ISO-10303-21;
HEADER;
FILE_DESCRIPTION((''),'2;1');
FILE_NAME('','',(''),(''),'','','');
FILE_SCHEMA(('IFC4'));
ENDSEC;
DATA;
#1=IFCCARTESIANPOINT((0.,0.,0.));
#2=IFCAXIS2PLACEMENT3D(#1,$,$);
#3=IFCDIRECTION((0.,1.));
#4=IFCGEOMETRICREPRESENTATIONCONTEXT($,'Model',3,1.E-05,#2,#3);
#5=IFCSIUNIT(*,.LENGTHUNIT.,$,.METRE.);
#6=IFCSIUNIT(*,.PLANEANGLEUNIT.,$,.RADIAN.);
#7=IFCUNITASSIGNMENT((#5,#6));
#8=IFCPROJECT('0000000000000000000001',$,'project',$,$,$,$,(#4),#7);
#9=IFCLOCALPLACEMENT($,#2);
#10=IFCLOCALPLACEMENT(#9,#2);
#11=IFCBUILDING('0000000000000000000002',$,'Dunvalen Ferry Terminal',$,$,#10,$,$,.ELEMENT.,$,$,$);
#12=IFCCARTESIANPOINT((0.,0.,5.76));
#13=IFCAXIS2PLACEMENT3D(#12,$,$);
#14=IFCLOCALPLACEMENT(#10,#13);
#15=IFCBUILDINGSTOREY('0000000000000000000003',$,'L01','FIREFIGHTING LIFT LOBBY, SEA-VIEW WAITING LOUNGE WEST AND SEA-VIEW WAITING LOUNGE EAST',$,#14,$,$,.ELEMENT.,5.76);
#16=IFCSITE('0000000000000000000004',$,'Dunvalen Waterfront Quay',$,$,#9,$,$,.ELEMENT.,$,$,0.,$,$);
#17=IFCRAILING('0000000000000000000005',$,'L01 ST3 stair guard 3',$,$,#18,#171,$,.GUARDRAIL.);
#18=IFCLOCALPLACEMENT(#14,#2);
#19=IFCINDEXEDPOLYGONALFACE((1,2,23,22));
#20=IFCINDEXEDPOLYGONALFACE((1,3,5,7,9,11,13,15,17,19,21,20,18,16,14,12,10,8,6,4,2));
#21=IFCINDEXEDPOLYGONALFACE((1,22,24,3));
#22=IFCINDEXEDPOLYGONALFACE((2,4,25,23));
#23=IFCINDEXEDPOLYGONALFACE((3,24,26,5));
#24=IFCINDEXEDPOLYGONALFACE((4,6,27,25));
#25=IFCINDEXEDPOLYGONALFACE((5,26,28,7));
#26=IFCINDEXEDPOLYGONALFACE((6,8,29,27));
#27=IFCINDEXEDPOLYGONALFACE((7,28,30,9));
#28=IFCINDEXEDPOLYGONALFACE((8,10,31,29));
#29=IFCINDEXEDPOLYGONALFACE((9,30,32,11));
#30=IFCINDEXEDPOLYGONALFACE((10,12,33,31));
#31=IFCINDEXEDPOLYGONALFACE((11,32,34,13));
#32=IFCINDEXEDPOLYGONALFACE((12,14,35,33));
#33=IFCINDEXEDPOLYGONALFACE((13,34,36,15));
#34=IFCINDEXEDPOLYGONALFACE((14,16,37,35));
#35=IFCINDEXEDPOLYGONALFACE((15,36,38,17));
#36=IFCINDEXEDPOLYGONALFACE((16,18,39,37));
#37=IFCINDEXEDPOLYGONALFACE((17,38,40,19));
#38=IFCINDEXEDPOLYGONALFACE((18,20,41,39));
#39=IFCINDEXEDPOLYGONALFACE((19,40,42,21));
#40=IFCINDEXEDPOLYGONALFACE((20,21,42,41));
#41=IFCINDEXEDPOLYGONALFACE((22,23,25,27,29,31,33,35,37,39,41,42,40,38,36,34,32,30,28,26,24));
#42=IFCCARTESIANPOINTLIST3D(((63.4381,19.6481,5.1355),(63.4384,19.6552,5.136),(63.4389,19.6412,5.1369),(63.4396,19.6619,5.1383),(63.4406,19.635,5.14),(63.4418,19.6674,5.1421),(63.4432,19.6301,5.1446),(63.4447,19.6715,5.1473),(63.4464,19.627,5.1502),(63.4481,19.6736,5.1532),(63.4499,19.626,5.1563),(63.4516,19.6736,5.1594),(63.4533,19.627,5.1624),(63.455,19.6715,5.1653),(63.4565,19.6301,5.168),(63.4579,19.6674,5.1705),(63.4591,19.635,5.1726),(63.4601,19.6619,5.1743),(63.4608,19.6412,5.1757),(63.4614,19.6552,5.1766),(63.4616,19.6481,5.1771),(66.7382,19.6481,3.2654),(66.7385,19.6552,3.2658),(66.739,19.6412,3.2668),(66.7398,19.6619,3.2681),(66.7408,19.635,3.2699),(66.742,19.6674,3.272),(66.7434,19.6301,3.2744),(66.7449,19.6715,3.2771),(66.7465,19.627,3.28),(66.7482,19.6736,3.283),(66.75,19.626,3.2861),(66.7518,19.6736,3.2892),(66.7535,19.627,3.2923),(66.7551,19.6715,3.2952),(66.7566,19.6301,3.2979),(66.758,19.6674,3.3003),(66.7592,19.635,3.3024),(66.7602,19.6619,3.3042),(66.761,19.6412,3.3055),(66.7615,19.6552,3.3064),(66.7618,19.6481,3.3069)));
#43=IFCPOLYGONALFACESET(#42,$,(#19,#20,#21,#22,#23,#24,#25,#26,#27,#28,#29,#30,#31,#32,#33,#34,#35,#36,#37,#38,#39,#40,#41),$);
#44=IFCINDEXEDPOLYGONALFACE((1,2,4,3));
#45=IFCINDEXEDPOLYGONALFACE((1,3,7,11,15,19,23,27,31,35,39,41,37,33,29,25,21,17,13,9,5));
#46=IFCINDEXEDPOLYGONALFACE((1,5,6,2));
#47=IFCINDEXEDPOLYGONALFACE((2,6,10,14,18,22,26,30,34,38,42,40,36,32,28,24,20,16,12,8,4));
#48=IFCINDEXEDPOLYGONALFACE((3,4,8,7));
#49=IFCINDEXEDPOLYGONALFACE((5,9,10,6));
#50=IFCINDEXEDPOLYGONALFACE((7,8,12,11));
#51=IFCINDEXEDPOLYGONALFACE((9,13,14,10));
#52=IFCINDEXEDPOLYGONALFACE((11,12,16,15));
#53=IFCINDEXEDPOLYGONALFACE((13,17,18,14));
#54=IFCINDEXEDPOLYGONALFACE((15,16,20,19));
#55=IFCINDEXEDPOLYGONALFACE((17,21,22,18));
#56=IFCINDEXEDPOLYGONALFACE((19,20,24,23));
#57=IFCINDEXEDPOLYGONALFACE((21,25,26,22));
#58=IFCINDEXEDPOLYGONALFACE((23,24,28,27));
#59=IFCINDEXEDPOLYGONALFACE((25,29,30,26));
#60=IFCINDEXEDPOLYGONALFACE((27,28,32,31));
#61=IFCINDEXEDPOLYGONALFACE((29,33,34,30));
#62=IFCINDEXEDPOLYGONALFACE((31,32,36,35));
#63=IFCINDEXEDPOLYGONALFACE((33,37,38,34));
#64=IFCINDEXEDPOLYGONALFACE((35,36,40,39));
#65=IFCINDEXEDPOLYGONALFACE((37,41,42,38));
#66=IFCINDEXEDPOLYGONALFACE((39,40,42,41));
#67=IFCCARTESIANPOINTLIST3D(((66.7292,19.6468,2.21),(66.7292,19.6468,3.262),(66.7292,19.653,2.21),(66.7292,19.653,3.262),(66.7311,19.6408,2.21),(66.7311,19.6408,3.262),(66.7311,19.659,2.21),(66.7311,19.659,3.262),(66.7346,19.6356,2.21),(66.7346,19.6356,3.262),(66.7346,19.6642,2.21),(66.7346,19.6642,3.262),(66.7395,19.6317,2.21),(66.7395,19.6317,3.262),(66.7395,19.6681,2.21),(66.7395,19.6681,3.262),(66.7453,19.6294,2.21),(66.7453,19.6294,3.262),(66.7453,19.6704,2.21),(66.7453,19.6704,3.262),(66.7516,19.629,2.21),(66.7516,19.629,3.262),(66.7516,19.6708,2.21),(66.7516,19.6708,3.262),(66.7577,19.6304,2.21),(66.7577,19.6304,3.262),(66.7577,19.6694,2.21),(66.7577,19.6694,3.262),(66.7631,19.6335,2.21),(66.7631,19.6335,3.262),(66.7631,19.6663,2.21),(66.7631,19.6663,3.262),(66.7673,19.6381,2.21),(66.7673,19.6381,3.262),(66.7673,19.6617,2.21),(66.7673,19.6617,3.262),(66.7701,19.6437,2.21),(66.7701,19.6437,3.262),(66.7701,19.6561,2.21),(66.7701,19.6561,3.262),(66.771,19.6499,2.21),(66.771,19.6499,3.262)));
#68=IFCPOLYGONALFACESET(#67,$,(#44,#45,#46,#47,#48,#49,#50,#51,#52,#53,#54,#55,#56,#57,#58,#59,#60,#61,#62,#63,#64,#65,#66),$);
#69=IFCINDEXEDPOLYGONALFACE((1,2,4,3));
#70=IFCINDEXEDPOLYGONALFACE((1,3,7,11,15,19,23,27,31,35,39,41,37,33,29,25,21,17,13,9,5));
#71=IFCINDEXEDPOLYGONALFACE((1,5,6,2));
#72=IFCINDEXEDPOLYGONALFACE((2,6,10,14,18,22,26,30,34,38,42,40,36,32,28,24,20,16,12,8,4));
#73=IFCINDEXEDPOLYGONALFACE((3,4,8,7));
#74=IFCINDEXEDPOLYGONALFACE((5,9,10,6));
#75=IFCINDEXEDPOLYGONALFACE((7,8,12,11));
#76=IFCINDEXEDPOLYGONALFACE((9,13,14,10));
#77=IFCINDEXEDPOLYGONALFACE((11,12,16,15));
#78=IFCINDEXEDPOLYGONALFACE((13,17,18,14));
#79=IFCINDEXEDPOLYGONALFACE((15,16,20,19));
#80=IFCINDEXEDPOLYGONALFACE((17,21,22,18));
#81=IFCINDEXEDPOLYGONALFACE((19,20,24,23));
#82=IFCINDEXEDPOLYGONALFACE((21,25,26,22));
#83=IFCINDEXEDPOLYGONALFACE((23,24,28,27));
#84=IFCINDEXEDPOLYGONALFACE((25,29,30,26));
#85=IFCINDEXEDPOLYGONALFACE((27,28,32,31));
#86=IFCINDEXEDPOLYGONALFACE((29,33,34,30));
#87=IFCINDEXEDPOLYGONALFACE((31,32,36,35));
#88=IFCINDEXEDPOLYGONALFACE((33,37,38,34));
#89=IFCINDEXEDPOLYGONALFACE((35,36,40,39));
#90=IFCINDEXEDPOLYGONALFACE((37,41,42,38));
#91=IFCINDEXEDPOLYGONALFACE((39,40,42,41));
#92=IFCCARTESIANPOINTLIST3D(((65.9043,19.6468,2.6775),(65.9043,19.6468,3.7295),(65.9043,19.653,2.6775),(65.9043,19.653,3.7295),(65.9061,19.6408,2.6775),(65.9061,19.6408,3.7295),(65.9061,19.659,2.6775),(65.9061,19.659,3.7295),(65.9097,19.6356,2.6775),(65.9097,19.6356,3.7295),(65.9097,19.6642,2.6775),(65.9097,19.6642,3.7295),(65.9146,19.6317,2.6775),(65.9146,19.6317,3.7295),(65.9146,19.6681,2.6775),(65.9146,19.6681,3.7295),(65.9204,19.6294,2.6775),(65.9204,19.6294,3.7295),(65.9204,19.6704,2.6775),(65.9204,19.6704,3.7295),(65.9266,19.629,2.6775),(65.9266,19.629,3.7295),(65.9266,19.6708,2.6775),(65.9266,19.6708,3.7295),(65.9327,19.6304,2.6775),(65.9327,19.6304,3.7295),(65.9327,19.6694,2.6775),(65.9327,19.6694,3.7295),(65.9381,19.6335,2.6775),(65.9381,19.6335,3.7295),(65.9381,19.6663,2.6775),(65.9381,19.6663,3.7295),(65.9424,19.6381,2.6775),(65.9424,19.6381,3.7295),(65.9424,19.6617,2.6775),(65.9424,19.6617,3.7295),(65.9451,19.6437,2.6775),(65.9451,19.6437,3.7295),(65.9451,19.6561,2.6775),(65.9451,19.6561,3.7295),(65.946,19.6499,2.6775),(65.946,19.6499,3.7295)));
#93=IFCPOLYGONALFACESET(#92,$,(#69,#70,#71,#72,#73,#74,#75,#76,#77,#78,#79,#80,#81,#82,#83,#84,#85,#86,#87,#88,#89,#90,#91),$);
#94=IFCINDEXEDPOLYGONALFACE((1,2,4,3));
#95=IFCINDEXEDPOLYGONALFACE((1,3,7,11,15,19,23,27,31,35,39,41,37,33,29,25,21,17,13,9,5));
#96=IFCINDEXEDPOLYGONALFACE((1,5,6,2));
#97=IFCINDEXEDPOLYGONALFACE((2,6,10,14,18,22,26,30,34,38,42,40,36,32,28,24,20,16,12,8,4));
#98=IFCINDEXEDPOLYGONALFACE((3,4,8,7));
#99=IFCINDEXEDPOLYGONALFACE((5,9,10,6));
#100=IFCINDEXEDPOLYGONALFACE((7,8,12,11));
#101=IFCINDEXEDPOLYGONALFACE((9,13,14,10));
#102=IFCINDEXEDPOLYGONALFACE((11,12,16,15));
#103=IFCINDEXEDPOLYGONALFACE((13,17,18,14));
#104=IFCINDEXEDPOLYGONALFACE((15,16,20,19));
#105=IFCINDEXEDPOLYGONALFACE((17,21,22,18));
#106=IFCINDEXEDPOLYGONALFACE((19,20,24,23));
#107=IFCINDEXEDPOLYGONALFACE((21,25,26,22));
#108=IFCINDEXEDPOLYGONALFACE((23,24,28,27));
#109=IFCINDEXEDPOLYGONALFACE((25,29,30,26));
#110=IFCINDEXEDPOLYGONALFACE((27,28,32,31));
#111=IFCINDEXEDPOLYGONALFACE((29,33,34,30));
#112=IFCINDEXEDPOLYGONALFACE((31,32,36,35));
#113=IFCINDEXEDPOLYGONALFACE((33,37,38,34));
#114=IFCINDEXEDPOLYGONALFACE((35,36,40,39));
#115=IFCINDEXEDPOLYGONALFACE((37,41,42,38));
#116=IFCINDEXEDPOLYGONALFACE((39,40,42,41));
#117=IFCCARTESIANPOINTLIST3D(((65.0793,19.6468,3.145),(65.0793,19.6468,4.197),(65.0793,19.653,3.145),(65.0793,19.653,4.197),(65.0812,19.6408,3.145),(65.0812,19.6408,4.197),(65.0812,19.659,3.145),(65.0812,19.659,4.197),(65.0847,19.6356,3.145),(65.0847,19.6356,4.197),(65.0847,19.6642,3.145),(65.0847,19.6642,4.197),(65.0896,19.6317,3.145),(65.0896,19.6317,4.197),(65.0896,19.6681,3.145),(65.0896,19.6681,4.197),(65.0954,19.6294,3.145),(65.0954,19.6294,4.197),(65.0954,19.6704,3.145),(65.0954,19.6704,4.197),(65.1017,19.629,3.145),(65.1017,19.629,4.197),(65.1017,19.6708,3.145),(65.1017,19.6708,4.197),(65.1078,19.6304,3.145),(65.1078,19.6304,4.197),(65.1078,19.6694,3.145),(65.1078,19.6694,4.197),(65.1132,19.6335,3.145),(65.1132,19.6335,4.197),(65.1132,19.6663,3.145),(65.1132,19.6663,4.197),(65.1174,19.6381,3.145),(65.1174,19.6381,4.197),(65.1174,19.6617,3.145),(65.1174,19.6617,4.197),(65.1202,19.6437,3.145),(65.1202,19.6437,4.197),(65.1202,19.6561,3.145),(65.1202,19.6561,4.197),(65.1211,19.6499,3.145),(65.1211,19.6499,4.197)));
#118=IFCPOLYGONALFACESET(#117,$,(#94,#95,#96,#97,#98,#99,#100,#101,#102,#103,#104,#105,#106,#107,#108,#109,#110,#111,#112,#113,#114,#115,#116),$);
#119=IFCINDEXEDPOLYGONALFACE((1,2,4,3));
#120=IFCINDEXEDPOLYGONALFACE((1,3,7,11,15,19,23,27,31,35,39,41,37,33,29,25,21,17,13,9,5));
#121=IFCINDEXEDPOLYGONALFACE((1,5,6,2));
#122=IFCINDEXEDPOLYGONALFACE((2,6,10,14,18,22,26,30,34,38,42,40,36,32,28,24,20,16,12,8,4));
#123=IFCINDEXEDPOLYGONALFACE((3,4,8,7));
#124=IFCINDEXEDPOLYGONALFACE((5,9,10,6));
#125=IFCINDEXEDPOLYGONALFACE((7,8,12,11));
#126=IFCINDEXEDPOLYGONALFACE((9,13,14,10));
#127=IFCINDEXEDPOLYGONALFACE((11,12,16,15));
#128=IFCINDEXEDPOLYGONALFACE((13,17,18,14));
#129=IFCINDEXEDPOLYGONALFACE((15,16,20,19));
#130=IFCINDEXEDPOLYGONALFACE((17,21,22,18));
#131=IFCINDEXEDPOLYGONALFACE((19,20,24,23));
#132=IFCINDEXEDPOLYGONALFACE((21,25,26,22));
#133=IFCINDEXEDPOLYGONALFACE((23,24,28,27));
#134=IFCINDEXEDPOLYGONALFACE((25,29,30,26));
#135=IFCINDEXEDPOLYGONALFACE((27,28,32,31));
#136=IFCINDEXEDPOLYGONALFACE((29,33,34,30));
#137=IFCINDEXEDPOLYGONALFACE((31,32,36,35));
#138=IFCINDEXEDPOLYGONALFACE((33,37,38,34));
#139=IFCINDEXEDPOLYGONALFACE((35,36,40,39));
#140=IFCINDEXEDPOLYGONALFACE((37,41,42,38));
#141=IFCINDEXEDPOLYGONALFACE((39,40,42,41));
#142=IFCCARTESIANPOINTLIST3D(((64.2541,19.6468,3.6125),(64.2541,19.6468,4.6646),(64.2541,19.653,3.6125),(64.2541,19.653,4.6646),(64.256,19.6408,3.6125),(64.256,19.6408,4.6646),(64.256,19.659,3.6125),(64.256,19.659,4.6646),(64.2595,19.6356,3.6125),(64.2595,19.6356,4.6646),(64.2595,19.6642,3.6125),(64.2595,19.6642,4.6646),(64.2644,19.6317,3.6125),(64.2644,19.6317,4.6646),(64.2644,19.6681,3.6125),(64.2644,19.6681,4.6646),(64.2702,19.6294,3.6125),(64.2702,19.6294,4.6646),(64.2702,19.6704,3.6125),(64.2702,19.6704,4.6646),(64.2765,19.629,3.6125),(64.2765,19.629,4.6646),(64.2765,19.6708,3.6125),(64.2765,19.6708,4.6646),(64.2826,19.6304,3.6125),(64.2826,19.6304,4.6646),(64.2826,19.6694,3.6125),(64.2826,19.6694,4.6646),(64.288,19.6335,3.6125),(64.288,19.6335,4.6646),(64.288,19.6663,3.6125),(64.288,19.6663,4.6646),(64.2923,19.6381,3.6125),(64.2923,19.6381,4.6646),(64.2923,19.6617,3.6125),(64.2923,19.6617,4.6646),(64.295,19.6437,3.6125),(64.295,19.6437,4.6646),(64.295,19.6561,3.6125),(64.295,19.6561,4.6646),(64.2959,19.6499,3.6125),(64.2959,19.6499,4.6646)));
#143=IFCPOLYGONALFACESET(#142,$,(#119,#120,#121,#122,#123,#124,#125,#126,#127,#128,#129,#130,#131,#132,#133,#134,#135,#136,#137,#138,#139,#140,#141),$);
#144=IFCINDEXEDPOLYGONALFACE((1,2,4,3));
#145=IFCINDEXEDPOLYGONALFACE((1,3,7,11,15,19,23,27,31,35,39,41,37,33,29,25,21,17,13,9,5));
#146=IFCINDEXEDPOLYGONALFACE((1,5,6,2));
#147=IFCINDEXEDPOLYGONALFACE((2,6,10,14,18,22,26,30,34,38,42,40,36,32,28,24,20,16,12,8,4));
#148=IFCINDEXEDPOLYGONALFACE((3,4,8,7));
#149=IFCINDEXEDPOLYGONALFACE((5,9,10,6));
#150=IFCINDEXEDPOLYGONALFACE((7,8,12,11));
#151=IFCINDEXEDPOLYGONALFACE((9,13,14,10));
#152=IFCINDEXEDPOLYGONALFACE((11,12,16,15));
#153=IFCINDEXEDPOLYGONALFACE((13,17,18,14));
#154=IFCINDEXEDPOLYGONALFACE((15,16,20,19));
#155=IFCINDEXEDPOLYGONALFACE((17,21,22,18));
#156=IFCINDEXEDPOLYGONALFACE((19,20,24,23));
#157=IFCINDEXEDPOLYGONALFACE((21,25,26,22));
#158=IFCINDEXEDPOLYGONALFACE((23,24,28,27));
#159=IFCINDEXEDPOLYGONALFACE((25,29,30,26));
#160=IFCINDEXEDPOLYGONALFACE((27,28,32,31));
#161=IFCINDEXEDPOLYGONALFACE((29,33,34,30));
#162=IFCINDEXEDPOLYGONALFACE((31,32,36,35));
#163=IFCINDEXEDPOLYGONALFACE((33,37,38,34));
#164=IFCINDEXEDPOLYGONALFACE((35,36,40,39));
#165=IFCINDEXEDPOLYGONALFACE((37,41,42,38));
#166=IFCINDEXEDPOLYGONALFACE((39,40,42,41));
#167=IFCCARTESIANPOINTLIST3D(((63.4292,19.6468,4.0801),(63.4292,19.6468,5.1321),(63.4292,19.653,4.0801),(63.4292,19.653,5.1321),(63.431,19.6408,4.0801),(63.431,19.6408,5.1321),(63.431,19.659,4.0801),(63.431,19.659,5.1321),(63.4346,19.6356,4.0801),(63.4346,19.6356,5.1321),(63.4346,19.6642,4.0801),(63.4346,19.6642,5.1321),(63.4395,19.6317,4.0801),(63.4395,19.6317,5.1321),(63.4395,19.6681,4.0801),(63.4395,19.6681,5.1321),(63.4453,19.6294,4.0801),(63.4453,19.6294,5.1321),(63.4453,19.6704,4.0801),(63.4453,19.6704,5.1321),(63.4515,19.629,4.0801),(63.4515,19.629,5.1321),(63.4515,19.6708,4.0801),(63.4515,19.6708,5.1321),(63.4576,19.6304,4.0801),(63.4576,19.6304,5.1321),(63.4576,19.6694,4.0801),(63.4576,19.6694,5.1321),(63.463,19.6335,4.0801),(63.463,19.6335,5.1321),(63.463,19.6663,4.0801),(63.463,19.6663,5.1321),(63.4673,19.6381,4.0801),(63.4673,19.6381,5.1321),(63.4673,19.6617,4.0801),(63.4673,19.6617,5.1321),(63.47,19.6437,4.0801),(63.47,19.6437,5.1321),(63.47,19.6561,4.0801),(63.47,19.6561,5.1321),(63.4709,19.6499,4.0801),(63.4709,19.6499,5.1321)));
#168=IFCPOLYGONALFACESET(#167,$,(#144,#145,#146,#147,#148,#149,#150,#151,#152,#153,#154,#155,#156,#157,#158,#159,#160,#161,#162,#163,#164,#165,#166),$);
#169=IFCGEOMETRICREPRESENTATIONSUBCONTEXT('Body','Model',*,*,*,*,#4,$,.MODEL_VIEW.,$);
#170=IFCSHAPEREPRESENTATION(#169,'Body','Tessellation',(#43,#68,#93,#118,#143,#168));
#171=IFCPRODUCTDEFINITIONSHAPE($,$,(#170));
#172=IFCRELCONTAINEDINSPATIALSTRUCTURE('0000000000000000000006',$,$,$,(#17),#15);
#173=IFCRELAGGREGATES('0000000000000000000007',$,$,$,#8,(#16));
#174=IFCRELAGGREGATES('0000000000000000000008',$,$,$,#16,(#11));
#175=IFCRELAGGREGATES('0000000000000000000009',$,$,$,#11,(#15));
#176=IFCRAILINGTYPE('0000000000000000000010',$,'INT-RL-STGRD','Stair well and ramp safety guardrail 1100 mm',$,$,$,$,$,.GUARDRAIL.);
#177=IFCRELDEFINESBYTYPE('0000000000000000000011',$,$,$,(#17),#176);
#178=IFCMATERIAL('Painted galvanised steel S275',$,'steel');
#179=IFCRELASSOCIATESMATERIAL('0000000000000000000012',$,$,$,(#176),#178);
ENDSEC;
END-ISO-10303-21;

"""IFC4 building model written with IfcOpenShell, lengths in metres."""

from ifc_helpers import new_model, si_unit, direction, frame, origin, origin_2d, place, context, subcontext, project, spatial, circle, extrude, material, type_object, element, save


model = new_model("IFC4")

# Units and contexts
model_context = context("Model", 3, precision=1e-05, world=origin(), true_north=direction((0.0, 1.0)))
body_context = subcontext(model_context, "Body", "Model", "MODEL_VIEW")
ifc_project = project(units=[si_unit("LENGTHUNIT", "METRE"), si_unit("PLANEANGLEUNIT", "RADIAN")], contexts=[model_context])

# Site, building, storey
site_placement = place(None, origin())
site = spatial("IfcSite", under=ifc_project, at=site_placement, Name="Dunvalen Waterfront Quay", CompositionType="ELEMENT", RefElevation=0.0)
building_placement = place(site_placement, origin())
building = spatial("IfcBuilding", under=site, at=building_placement, Name="Dunvalen Ferry Terminal", CompositionType="ELEMENT")
storey_placement = place(building_placement, frame((0.0, 0.0, 5.76)))
storey = spatial("IfcBuildingStorey", under=building, at=storey_placement, Name="L01", Description="FIREFIGHTING LIFT LOBBY, SEA-VIEW WAITING LOUNGE WEST AND SEA-VIEW WAITING LOUNGE EAST", CompositionType="ELEMENT", Elevation=5.76)

# Railing
ifc_material_1 = material(Name="Painted galvanised steel S275", Category="steel")
railing_type_1 = type_object("IfcRailingType", Name="INT-RL-STGRD", Description="Stair well and ramp safety guardrail 1100 mm", PredefinedType="GUARDRAIL", material=ifc_material_1)
railing_1_placement = place(storey_placement, frame((66.75, 19.6499, 2.21)))
element("IfcRailing", 1, at=railing_1_placement, inside=storey, type_object=railing_type_1, Name="L01 ST3 stair guard 3", PredefinedType="GUARDRAIL", context=body_context, shape_type="SweptSolid", body=[
    extrude(circle(Radius=0.0239, at=origin_2d()), frame((0.0, 0.0, 1.0762), z_axis=(-0.870012, 0.0, 0.49303), x_axis=(0.0, -1.0, 0.0)), (0.0, 0.0, 1.0), 3.7932),
    extrude(circle(Radius=0.021, at=origin_2d()), origin(), (0.0, 0.0, 1.0), 1.052),
    extrude(circle(Radius=0.021, at=origin_2d()), frame((-0.825, 0.0, 0.4675)), (0.0, 0.0, 1.0), 1.052),
    extrude(circle(Radius=0.021, at=origin_2d()), frame((-1.6499, 0.0, 0.9351)), (0.0, 0.0, 1.0), 1.052),
    extrude(circle(Radius=0.021, at=origin_2d()), frame((-2.4751, 0.0, 1.4026)), (0.0, 0.0, 1.0), 1.052),
    extrude(circle(Radius=0.021, at=origin_2d()), frame((-3.3, 0.0, 1.8701)), (0.0, 0.0, 1.0), 1.052),
])

save(model, "model.ifc")
